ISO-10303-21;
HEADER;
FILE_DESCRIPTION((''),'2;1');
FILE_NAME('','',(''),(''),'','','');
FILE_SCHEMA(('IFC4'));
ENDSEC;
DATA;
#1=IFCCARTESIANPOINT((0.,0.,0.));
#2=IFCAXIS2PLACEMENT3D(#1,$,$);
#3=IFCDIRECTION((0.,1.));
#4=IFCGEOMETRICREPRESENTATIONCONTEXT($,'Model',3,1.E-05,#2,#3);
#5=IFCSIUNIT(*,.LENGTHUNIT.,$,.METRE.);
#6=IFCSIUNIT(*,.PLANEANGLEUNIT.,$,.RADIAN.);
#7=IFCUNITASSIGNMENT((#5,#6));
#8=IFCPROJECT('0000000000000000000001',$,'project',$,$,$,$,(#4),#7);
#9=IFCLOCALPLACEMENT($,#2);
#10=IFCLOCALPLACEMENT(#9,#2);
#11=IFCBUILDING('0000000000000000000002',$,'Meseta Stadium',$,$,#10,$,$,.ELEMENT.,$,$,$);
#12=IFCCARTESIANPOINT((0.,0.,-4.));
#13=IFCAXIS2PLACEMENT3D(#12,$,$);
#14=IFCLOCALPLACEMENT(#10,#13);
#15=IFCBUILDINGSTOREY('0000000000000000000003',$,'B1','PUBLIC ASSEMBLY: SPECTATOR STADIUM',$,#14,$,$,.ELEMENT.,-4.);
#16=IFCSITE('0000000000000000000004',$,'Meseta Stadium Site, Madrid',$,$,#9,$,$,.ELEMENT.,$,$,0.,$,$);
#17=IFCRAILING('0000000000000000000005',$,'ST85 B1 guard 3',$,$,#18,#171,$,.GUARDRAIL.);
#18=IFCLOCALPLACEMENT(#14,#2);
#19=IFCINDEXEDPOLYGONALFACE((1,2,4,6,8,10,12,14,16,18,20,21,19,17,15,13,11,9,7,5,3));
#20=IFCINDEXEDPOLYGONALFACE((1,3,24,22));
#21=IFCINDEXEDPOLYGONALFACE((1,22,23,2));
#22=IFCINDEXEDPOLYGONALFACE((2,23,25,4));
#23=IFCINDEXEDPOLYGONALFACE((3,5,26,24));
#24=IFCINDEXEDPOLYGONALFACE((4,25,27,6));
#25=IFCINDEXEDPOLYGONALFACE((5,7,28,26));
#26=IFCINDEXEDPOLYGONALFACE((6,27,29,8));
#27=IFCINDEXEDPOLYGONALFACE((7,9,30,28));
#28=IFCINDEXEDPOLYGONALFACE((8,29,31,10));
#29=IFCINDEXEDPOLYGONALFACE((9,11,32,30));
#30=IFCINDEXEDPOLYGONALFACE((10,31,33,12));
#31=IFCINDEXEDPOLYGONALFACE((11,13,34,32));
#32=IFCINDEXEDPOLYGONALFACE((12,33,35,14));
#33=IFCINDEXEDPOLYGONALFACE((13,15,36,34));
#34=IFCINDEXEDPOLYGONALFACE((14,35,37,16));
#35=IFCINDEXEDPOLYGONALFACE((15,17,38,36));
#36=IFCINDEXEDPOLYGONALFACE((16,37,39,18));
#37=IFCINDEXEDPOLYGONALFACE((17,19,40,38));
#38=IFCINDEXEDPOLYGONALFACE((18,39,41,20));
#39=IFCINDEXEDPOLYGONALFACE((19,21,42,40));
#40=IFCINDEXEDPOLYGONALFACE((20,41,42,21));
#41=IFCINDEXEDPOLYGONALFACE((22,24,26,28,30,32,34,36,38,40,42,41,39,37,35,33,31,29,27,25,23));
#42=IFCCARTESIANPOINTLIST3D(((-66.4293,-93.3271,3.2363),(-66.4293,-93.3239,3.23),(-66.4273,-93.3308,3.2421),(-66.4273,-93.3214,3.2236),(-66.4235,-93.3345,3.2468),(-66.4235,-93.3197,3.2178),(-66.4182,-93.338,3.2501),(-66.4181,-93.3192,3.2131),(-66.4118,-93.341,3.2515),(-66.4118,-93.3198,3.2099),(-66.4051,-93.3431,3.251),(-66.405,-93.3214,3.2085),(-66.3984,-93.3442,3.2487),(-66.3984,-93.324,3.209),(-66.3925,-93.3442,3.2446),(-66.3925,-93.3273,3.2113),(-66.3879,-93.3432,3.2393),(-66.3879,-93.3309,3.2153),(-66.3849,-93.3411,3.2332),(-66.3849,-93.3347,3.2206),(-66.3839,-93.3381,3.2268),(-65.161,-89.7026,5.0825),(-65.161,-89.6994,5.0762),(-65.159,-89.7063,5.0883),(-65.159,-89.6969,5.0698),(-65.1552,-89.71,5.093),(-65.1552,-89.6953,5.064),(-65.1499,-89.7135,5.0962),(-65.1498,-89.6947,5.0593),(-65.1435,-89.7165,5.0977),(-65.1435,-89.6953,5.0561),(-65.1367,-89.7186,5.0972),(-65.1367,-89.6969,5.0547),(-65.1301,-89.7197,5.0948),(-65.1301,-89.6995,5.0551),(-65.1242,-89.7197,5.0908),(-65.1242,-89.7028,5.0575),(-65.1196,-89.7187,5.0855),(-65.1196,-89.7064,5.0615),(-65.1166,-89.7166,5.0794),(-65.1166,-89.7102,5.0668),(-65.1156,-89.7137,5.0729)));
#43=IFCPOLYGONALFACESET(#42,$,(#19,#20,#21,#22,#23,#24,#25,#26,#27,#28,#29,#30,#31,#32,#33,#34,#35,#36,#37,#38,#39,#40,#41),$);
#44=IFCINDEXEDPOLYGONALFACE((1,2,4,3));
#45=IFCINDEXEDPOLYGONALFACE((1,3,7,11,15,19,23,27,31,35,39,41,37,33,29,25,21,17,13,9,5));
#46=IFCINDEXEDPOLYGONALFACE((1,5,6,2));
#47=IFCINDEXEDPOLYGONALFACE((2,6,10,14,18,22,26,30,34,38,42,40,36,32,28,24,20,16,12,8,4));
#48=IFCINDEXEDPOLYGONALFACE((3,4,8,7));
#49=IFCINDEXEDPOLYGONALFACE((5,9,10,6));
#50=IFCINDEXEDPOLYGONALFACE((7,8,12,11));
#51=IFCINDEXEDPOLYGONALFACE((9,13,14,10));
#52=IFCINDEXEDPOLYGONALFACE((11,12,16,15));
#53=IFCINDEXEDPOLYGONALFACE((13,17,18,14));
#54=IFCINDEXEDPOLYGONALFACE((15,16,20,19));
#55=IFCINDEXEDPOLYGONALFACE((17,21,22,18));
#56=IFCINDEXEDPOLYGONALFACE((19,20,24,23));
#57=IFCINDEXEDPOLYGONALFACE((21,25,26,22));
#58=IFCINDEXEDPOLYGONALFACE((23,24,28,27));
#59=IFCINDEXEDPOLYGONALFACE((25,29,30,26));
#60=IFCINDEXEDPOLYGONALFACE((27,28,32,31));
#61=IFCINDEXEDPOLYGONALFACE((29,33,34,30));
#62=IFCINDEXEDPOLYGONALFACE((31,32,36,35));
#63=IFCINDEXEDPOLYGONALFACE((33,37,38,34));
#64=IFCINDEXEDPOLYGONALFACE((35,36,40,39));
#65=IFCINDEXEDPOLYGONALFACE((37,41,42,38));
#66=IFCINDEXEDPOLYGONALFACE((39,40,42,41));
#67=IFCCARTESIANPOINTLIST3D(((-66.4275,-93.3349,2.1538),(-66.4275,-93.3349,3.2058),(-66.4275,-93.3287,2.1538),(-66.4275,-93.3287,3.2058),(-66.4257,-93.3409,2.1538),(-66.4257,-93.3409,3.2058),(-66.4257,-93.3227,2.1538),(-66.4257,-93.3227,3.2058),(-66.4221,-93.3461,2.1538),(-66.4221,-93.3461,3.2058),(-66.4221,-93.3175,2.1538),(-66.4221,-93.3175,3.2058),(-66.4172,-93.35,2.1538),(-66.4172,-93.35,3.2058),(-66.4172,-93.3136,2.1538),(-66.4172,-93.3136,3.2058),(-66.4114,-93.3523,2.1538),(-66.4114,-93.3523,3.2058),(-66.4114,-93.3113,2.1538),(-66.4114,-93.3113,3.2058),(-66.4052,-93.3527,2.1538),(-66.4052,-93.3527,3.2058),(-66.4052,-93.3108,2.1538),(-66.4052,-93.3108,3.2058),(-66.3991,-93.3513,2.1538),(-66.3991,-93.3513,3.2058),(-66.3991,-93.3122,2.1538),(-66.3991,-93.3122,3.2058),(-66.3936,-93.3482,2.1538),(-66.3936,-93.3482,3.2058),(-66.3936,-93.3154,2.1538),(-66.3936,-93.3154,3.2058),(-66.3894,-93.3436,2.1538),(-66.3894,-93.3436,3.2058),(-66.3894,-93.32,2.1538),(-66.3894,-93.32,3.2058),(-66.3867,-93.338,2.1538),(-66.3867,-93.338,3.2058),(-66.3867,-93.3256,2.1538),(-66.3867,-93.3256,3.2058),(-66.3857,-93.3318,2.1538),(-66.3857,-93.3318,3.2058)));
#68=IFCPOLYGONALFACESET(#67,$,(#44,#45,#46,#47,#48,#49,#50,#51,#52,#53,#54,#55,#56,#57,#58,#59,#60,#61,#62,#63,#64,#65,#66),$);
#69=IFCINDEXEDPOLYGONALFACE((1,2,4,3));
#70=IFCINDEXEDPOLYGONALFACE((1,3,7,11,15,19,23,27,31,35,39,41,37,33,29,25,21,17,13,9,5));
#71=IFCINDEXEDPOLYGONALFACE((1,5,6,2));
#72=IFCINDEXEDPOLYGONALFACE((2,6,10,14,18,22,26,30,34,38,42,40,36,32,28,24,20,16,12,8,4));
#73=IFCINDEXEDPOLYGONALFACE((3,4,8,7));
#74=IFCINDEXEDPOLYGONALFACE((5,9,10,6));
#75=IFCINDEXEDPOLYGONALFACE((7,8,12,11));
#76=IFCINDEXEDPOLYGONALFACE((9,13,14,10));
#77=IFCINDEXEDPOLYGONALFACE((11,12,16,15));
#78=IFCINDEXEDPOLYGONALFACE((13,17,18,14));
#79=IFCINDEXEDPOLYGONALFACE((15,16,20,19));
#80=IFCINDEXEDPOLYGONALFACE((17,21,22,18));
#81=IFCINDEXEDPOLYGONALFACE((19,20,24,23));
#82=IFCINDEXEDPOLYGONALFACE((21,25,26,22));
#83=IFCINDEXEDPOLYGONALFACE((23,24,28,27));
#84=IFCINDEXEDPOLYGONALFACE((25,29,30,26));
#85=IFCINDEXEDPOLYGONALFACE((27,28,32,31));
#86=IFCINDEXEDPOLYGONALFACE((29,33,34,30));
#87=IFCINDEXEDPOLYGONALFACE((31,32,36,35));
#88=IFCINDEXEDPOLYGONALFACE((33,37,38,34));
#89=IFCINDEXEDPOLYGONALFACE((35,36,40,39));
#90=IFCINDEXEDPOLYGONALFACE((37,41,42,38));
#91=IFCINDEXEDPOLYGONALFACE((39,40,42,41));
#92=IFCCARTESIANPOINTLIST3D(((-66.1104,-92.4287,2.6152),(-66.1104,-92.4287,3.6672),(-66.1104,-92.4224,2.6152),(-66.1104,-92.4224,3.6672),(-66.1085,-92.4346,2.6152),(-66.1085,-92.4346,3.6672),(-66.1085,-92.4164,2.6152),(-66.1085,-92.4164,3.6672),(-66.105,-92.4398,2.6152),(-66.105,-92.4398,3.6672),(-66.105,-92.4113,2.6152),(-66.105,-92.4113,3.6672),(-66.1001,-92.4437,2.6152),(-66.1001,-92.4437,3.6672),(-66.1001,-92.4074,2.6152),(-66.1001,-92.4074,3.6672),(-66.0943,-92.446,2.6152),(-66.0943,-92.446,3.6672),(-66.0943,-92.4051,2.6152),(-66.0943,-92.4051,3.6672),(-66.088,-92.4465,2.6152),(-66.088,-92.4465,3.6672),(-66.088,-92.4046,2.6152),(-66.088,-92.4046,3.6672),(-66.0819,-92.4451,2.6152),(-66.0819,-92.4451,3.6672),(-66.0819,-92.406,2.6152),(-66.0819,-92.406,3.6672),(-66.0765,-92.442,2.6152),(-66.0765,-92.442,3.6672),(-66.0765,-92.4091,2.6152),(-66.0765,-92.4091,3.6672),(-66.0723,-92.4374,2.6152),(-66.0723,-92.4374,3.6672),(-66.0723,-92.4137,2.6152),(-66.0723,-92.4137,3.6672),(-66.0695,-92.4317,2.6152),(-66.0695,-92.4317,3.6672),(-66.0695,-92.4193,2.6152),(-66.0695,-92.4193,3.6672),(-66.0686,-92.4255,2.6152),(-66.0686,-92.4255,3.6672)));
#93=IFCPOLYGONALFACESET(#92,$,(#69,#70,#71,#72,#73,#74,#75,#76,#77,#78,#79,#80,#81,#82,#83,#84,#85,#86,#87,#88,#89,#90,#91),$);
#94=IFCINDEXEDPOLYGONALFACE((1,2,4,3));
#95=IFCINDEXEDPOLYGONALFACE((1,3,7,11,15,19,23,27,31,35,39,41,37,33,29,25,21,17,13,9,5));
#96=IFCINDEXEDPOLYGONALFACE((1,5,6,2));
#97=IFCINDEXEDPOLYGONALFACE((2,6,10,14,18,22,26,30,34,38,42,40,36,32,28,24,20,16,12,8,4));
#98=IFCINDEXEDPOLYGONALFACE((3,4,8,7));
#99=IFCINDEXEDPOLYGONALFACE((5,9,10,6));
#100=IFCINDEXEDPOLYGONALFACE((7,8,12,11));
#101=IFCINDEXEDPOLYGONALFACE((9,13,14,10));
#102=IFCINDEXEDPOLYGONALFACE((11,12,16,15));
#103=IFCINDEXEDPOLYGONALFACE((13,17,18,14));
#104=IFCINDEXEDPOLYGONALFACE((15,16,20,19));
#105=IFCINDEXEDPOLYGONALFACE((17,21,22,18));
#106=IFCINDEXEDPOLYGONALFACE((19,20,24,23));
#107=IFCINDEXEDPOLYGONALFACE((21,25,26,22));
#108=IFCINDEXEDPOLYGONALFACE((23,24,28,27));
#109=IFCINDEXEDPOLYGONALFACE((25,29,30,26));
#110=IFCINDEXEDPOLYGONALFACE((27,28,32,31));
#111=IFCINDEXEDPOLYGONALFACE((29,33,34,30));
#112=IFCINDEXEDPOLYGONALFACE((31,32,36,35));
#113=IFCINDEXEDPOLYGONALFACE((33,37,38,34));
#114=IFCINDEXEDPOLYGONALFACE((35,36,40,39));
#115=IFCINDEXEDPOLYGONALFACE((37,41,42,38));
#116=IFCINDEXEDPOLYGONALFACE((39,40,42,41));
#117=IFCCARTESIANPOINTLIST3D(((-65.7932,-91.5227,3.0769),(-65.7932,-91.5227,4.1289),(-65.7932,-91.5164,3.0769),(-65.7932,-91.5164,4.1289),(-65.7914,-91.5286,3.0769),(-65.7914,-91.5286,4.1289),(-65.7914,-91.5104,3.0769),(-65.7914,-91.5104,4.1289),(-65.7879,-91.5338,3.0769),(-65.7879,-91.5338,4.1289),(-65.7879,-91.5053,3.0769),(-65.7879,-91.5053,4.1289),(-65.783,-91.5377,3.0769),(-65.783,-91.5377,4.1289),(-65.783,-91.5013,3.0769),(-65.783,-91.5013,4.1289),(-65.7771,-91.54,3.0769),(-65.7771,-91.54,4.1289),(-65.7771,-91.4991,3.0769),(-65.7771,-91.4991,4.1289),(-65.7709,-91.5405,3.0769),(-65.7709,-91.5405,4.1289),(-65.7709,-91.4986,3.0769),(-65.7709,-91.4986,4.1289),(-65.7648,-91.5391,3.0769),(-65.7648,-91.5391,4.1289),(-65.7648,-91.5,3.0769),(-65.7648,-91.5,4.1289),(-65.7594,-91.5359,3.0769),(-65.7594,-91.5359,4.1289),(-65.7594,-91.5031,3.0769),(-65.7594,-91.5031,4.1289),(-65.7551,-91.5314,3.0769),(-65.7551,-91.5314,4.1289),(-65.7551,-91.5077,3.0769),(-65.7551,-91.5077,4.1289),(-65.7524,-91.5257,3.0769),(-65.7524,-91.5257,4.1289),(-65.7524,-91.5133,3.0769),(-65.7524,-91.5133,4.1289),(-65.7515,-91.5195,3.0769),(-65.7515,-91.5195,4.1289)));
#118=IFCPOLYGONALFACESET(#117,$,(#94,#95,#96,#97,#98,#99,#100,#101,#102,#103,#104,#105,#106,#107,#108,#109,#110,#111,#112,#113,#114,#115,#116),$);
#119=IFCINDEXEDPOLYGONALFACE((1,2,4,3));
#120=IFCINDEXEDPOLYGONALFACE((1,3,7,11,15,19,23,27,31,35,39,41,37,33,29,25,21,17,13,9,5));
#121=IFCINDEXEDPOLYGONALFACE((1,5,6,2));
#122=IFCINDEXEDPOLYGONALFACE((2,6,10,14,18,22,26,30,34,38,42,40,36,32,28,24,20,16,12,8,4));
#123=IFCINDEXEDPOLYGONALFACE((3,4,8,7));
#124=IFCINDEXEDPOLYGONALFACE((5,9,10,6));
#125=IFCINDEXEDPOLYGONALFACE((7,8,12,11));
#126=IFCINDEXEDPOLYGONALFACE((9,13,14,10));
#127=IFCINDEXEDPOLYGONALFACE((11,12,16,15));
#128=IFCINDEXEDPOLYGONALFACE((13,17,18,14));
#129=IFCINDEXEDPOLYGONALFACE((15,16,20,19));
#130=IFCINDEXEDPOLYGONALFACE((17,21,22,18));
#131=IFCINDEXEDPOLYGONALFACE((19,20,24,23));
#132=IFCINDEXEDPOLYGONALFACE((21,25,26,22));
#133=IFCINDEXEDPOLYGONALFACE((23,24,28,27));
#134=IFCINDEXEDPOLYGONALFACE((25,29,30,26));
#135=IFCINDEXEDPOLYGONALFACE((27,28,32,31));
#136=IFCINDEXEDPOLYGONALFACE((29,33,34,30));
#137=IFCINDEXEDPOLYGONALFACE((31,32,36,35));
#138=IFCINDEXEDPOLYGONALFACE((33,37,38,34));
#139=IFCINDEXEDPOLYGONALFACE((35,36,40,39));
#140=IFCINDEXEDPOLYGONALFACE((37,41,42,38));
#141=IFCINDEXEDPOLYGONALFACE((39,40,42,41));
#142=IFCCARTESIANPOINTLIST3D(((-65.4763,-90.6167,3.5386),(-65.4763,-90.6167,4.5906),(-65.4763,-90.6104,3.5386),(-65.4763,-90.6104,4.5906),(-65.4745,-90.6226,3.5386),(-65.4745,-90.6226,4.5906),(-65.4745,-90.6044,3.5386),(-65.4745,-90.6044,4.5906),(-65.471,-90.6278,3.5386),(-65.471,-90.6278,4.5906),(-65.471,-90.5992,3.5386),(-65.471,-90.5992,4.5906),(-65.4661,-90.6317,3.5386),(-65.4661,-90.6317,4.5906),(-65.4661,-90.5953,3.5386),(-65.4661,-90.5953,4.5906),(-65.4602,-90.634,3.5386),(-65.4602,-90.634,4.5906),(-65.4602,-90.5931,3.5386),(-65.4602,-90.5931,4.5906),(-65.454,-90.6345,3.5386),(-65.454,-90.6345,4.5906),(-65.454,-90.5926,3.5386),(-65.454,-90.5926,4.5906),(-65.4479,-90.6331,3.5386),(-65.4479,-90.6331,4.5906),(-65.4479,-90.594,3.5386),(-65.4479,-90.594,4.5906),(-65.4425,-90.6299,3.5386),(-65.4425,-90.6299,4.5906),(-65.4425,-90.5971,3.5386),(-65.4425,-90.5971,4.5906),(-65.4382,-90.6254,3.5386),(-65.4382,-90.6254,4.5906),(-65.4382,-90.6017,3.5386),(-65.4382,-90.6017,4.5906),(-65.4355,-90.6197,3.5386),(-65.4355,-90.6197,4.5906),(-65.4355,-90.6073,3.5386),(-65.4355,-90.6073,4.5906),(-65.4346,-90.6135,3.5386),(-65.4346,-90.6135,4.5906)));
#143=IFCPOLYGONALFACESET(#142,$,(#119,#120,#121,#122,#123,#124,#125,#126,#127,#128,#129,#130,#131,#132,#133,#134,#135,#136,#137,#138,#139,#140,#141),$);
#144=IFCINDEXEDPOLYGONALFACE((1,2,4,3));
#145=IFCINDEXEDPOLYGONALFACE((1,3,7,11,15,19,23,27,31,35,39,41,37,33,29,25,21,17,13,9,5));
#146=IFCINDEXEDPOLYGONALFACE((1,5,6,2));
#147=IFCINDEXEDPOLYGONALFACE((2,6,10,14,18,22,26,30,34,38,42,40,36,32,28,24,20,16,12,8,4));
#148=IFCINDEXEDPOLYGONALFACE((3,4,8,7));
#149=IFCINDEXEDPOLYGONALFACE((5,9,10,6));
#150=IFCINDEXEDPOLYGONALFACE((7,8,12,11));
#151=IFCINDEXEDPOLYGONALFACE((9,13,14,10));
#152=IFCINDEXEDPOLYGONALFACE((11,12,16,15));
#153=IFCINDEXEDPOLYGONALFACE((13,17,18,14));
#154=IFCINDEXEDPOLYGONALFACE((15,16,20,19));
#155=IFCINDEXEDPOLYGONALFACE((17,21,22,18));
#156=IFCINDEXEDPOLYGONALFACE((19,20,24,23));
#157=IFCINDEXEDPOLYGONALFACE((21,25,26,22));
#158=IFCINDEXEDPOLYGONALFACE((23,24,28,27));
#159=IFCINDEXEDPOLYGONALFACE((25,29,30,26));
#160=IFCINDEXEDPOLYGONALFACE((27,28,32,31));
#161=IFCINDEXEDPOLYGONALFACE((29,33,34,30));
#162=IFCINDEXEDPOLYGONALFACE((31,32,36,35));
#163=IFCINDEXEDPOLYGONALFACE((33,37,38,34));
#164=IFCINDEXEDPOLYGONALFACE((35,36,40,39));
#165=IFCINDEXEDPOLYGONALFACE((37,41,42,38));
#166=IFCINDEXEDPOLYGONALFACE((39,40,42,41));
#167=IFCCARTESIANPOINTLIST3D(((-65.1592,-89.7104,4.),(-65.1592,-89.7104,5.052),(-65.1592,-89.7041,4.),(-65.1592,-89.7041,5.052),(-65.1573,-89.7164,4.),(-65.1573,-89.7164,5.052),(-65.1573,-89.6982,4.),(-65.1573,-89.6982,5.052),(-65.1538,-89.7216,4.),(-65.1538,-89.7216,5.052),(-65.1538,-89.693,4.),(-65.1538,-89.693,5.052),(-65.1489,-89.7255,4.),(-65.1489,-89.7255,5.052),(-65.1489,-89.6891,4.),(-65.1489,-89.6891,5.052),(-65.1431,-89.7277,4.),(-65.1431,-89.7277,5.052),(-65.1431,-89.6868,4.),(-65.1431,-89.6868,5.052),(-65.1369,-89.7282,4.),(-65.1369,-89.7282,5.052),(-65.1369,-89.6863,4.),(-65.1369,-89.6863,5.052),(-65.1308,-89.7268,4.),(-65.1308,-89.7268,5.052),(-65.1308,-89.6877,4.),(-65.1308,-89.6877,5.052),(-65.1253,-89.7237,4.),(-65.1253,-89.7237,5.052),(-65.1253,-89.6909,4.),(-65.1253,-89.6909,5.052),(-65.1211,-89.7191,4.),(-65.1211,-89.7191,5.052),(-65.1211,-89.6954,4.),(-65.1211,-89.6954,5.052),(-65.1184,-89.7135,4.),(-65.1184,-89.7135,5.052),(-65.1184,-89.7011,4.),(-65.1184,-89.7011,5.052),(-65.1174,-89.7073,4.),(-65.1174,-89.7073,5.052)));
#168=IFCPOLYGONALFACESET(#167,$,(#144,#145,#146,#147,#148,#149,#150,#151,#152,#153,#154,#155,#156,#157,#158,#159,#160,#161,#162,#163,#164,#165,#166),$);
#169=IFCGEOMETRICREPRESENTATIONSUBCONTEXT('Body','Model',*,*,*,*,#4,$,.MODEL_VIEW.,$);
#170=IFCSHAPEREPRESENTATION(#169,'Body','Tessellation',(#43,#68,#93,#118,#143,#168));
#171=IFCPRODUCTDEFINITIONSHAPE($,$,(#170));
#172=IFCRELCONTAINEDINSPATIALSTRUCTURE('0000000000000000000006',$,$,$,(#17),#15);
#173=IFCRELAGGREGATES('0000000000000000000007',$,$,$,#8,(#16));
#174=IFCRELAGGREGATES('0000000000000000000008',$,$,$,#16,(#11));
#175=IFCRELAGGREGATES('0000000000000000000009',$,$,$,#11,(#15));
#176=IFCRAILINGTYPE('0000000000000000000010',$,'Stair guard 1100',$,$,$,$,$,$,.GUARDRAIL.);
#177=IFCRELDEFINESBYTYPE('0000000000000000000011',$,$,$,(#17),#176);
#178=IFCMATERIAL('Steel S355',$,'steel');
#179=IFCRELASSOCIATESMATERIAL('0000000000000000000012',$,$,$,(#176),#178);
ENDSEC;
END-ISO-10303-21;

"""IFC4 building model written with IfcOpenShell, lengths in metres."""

from ifc_helpers import new_model, si_unit, direction, frame, origin, origin_2d, place, context, subcontext, project, spatial, circle, extrude, material, type_object, element, save


model = new_model("IFC4")

# Units and contexts
model_context = context("Model", 3, precision=1e-05, world=origin(), true_north=direction((0.0, 1.0)))
body_context = subcontext(model_context, "Body", "Model", "MODEL_VIEW")
ifc_project = project(units=[si_unit("LENGTHUNIT", "METRE"), si_unit("PLANEANGLEUNIT", "RADIAN")], contexts=[model_context])

# Site, building, storey
site_placement = place(None, origin())
site = spatial("IfcSite", under=ifc_project, at=site_placement, Name="Meseta Stadium Site, Madrid", CompositionType="ELEMENT", RefElevation=0.0)
building_placement = place(site_placement, origin())
building = spatial("IfcBuilding", under=site, at=building_placement, Name="Meseta Stadium", CompositionType="ELEMENT")
storey_placement = place(building_placement, frame((0.0, 0.0, -4.0)))
storey = spatial("IfcBuildingStorey", under=building, at=storey_placement, Name="B1", Description="PUBLIC ASSEMBLY: SPECTATOR STADIUM", CompositionType="ELEMENT", Elevation=-4.0)

# Railing
ifc_material_1 = material(Name="Steel S355", Category="steel")
railing_type_1 = type_object("IfcRailingType", Name="Stair guard 1100", PredefinedType="GUARDRAIL", material=ifc_material_1)
railing_1_placement = place(storey_placement, frame((-66.4067, -93.3318, 2.1538)))
element("IfcRailing", 1, at=railing_1_placement, inside=storey, type_object=railing_type_1, Name="ST85 B1 guard 3", PredefinedType="GUARDRAIL", context=body_context, shape_type="SweptSolid", body=[
    extrude(circle(Radius=0.0239, at=origin_2d()), frame((0.0, 0.0, 1.0762), z_axis=(0.297672, 0.850672, 0.4333), x_axis=(-0.94388, 0.330288, 0.0)), (0.0, 0.0, 1.0), 4.2607),
    extrude(circle(Radius=0.021, at=origin_2d()), origin(), (0.0, 0.0, 1.0), 1.052),
    extrude(circle(Radius=0.021, at=origin_2d()), frame((0.3171, 0.9062, 0.4614)), (0.0, 0.0, 1.0), 1.052),
    extrude(circle(Radius=0.021, at=origin_2d()), frame((0.6343, 1.8123, 0.9231)), (0.0, 0.0, 1.0), 1.052),
    extrude(circle(Radius=0.021, at=origin_2d()), frame((0.9512, 2.7183, 1.3848)), (0.0, 0.0, 1.0), 1.052),
    extrude(circle(Radius=0.021, at=origin_2d()), frame((1.2683, 3.6245, 1.8462)), (0.0, 0.0, 1.0), 1.052),
])

save(model, "model.ifc")
